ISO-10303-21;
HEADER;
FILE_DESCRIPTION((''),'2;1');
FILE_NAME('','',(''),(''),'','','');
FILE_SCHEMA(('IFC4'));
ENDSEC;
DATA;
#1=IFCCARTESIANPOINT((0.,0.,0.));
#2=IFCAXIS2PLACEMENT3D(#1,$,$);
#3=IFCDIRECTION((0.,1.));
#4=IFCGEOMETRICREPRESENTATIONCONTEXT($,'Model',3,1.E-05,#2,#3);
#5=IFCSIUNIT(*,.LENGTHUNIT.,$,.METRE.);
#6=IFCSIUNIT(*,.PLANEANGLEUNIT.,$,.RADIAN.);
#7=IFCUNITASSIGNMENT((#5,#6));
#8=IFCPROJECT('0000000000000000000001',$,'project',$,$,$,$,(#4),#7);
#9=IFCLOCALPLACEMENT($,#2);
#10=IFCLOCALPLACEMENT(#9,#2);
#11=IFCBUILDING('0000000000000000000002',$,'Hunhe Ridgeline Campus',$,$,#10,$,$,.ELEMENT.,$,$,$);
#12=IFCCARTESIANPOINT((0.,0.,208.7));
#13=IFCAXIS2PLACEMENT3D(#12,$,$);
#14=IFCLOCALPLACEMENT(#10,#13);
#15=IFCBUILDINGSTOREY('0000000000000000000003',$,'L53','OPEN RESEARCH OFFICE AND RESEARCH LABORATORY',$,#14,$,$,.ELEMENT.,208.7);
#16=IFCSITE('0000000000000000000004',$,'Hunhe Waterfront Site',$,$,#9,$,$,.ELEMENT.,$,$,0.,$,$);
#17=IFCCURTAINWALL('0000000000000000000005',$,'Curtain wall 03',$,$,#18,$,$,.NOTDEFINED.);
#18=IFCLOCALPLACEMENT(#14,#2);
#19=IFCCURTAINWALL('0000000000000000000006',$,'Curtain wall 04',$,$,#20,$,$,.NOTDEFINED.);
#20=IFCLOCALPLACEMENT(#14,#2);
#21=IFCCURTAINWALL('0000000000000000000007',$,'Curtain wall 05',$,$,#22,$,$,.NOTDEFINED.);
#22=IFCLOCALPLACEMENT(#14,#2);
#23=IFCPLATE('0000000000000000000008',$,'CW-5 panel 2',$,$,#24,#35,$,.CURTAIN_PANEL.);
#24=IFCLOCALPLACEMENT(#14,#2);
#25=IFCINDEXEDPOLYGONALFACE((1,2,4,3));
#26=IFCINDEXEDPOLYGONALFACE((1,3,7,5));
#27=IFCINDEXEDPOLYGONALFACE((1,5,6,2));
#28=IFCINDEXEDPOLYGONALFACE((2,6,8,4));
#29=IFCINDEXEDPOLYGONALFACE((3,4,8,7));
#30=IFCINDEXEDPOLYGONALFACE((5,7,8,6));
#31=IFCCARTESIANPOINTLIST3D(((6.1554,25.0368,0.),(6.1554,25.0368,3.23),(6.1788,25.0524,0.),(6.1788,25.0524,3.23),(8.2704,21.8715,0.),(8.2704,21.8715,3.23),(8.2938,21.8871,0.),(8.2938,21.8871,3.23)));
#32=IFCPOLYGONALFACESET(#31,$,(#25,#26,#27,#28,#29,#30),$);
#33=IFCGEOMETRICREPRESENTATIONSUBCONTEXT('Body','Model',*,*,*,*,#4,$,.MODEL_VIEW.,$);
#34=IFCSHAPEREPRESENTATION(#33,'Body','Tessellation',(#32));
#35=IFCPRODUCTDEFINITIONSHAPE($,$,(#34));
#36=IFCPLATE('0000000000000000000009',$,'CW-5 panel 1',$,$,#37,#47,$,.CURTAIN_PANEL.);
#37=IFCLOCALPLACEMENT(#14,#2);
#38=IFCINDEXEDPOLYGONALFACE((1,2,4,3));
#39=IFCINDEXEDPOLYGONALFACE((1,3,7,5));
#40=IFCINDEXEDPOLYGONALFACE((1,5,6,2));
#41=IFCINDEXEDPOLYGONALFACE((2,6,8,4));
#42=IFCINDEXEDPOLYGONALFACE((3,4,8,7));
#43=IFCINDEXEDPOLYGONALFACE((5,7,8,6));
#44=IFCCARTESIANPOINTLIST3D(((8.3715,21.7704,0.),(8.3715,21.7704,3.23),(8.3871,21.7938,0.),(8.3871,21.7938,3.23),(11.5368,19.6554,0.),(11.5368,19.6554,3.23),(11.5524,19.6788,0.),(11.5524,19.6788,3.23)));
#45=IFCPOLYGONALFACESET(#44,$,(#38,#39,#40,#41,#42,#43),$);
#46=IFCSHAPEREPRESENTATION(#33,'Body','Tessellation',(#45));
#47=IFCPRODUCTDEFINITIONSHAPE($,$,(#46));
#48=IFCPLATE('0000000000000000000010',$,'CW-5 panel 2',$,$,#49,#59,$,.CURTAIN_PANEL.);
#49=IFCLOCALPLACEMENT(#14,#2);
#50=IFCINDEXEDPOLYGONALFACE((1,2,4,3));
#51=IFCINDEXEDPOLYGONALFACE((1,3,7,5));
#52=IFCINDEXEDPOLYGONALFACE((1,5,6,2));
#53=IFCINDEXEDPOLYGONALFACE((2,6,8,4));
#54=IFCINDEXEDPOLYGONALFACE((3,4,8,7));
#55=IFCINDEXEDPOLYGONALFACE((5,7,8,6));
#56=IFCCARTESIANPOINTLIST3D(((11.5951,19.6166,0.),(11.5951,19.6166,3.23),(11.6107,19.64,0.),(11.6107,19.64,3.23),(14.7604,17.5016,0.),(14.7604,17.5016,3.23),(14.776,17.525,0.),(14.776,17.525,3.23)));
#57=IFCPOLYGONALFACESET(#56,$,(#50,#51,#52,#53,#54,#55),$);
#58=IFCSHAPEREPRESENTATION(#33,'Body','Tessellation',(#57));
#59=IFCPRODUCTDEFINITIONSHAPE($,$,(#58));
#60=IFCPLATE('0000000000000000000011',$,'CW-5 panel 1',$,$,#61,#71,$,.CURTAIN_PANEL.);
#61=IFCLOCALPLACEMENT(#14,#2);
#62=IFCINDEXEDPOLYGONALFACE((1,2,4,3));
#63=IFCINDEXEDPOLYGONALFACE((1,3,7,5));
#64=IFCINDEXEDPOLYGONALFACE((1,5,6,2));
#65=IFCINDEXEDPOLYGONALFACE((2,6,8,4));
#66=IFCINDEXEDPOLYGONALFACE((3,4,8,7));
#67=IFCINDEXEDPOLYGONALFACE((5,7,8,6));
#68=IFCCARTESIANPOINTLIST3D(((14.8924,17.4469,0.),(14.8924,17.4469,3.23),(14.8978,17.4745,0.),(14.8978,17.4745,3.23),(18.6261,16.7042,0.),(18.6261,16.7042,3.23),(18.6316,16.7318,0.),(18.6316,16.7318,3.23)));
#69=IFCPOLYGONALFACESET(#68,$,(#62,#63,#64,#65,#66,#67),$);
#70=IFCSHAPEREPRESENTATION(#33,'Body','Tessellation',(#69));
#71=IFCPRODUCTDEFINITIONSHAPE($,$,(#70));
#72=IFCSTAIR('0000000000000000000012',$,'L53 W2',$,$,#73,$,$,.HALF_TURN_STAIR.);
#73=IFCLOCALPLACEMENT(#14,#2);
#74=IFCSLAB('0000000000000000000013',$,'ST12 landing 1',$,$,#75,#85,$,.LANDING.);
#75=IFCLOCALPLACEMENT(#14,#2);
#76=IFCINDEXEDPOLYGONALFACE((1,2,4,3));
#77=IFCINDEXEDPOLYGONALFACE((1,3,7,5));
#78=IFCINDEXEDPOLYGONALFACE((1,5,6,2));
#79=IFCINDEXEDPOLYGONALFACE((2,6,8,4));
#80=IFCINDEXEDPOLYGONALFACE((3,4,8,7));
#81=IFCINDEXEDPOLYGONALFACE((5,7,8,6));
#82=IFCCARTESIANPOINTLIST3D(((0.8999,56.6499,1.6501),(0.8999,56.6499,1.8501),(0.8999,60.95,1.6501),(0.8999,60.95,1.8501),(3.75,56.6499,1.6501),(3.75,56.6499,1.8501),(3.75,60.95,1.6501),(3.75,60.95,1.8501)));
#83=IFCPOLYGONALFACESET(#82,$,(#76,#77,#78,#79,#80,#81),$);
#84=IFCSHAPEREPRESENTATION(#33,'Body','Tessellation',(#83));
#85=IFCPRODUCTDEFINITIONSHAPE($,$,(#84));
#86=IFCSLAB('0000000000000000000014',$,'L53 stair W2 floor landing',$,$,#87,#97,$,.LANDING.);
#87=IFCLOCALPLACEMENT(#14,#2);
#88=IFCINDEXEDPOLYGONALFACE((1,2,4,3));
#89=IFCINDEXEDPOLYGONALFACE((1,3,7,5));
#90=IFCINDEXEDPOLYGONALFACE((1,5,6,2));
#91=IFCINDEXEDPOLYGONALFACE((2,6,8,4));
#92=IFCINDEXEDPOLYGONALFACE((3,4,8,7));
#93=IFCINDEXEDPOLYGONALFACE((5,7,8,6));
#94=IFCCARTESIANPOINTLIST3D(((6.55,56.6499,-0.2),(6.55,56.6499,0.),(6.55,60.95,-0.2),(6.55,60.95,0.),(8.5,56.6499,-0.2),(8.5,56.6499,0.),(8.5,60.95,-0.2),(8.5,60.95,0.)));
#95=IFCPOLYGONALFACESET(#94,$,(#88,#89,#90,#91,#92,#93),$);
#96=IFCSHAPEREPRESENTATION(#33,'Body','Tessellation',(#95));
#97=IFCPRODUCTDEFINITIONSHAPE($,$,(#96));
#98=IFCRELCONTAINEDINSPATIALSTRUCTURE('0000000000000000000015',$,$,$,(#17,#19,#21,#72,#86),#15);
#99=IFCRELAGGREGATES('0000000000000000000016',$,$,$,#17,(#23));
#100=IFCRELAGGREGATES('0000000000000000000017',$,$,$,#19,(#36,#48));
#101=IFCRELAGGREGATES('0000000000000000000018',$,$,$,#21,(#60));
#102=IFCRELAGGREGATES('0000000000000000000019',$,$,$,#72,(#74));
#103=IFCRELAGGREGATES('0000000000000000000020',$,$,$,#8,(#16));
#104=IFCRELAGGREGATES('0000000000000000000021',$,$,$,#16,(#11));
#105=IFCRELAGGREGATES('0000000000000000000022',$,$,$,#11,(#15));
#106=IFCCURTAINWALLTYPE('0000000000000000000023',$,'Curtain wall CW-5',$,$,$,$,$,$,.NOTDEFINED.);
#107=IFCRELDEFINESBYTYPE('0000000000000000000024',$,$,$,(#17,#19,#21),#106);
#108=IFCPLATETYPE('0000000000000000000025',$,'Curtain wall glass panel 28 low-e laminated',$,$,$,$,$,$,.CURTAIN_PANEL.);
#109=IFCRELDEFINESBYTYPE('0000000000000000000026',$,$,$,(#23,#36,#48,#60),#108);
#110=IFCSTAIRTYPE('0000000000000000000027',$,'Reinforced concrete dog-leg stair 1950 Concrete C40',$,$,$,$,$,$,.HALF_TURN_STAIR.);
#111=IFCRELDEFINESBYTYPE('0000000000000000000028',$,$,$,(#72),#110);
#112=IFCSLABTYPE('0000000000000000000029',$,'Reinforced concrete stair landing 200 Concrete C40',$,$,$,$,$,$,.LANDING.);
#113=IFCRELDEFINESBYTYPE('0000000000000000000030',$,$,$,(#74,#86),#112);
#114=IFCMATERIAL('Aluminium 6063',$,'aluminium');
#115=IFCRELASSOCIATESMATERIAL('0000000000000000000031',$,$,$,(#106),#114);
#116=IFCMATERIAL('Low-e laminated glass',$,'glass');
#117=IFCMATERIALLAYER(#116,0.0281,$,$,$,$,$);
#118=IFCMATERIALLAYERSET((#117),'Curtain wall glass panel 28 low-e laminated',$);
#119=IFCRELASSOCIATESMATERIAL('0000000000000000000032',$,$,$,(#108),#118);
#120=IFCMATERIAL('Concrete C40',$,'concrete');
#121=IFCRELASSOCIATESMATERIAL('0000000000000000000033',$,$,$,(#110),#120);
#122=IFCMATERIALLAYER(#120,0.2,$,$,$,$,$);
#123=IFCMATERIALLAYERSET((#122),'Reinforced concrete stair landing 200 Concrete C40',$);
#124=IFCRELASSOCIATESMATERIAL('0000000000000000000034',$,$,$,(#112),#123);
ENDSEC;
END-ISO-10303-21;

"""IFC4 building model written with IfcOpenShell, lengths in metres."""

from ifc_helpers import new_model, si_unit, direction, frame, origin, origin_2d, place, context, subcontext, project, spatial, polyline, rectangle, outline, extrude, material, layer, layer_set, type_object, element, aggregate, save


model = new_model("IFC4")

# Units and contexts
model_context = context("Model", 3, precision=1e-05, world=origin(), true_north=direction((0.0, 1.0)))
body_context = subcontext(model_context, "Body", "Model", "MODEL_VIEW")
ifc_project = project(units=[si_unit("LENGTHUNIT", "METRE"), si_unit("PLANEANGLEUNIT", "RADIAN")], contexts=[model_context])

# Site, building, storey
site_placement = place(None, origin())
site = spatial("IfcSite", under=ifc_project, at=site_placement, Name="Hunhe Waterfront Site", CompositionType="ELEMENT", RefElevation=0.0)
building_placement = place(site_placement, origin())
building = spatial("IfcBuilding", under=site, at=building_placement, Name="Hunhe Ridgeline Campus", CompositionType="ELEMENT")
storey_placement = place(building_placement, frame((0.0, 0.0, 208.7)))
storey = spatial("IfcBuildingStorey", under=building, at=storey_placement, Name="L53", Description="OPEN RESEARCH OFFICE AND RESEARCH LABORATORY", CompositionType="ELEMENT", Elevation=208.7)

# Curtain walls
ifc_material_1 = material(Name="Aluminium 6063", Category="aluminium")
curtain_wall_type = type_object("IfcCurtainWallType", Name="Curtain wall CW-5", PredefinedType="NOTDEFINED", material=ifc_material_1)
curtain_wall_1_placement = place(storey_placement, origin())
curtain_wall_1 = element("IfcCurtainWall", 1, at=curtain_wall_1_placement, inside=storey, type_object=curtain_wall_type, Name="Curtain wall 03", PredefinedType="NOTDEFINED")
curtain_wall_2_placement = place(storey_placement, origin())
curtain_wall_2 = element("IfcCurtainWall", 2, at=curtain_wall_2_placement, inside=storey, type_object=curtain_wall_type, Name="Curtain wall 04", PredefinedType="NOTDEFINED")
curtain_wall_3_placement = place(storey_placement, origin())
curtain_wall_3 = element("IfcCurtainWall", 3, at=curtain_wall_3_placement, inside=storey, type_object=curtain_wall_type, Name="Curtain wall 05", PredefinedType="NOTDEFINED")

# Plates
ifc_material_2 = material(Name="Low-e laminated glass", Category="glass")
ifc_layer_1 = layer(ifc_material_2, 0.0281)
ifc_layer_set_1 = layer_set([ifc_layer_1], Name="Curtain wall glass panel 28 low-e laminated")
plate_type = type_object("IfcPlateType", Name="Curtain wall glass panel 28 low-e laminated", PredefinedType="CURTAIN_PANEL", material=ifc_layer_set_1)
plate_1_placement = place(storey_placement, frame((7.2246, 23.4619, 0.0), z_axis=(0.0, 0.0, 1.0), x_axis=(0.55557, -0.83147, 0.0)))
plate_1 = element("IfcPlate", 4, at=plate_1_placement, type_object=plate_type, Name="CW-5 panel 2", PredefinedType="CURTAIN_PANEL", context=body_context, shape_type="SweptSolid", body=[
    extrude(rectangle(XDim=3.8069, YDim=0.0281, at=origin_2d()), origin(), (0.0, 0.0, 1.0), 3.23),
])
aggregate(curtain_wall_1, [plate_1])
plate_2_placement = place(storey_placement, frame((9.9619, 20.7246, 0.0), z_axis=(0.0, 0.0, 1.0), x_axis=(0.83147, -0.55557, 0.0)))
plate_2 = element("IfcPlate", 5, at=plate_2_placement, type_object=plate_type, Name="CW-5 panel 1", PredefinedType="CURTAIN_PANEL", context=body_context, shape_type="SweptSolid", body=[
    extrude(rectangle(XDim=3.8069, YDim=0.0281, at=origin_2d()), origin(), (0.0, 0.0, 1.0), 3.23),
])
plate_3_placement = place(storey_placement, frame((13.1855, 18.5708, 0.0), z_axis=(0.0, 0.0, 1.0), x_axis=(0.83147, -0.55557, 0.0)))
plate_3 = element("IfcPlate", 6, at=plate_3_placement, type_object=plate_type, Name="CW-5 panel 2", PredefinedType="CURTAIN_PANEL", context=body_context, shape_type="SweptSolid", body=[
    extrude(rectangle(XDim=3.8069, YDim=0.0281, at=origin_2d()), origin(), (0.0, 0.0, 1.0), 3.23),
])
aggregate(curtain_wall_2, [plate_2, plate_3])
plate_4_placement = place(storey_placement, frame((16.762, 17.0894, 0.0), z_axis=(0.0, 0.0, 1.0), x_axis=(0.980785, -0.19509, 0.0)))
plate_4 = element("IfcPlate", 7, at=plate_4_placement, type_object=plate_type, Name="CW-5 panel 1", PredefinedType="CURTAIN_PANEL", context=body_context, shape_type="SweptSolid", body=[
    extrude(rectangle(XDim=3.8069, YDim=0.0281, at=origin_2d()), origin(), (0.0, 0.0, 1.0), 3.23),
])
aggregate(curtain_wall_3, [plate_4])

# Stair, slab
ifc_material_3 = material(Name="Concrete C40", Category="concrete")
stair_type = type_object("IfcStairType", Name="Reinforced concrete dog-leg stair 1950 Concrete C40", PredefinedType="HALF_TURN_STAIR", material=ifc_material_3)
stair_placement = place(storey_placement, origin())
stair = element("IfcStair", 8, at=stair_placement, inside=storey, type_object=stair_type, Name="L53 W2", PredefinedType="HALF_TURN_STAIR")
ifc_layer_2 = layer(ifc_material_3, 0.2)
ifc_layer_set_2 = layer_set([ifc_layer_2], Name="Reinforced concrete stair landing 200 Concrete C40")
slab_type = type_object("IfcSlabType", Name="Reinforced concrete stair landing 200 Concrete C40", PredefinedType="LANDING", material=ifc_layer_set_2)
slab_1_placement = place(storey_placement, frame((0.0, 0.0, 1.6501)))
slab_1 = element("IfcSlab", 9, at=slab_1_placement, type_object=slab_type, Name="ST12 landing 1", PredefinedType="LANDING", context=body_context, shape_type="SweptSolid", body=[
    extrude(outline(polyline([(3.75, 60.95), (0.8999, 60.95), (0.8999, 56.6499), (3.75, 56.6499), (3.75, 60.95)])), origin(), (0.0, 0.0, 1.0), 0.2),
])
aggregate(stair, [slab_1])

# Slab
slab_2_placement = place(storey_placement, frame((0.0, 0.0, -0.2)))
element("IfcSlab", 10, at=slab_2_placement, inside=storey, type_object=slab_type, Name="L53 stair W2 floor landing", PredefinedType="LANDING", context=body_context, shape_type="SweptSolid", body=[
    extrude(outline(polyline([(8.5, 60.95), (6.55, 60.95), (6.55, 56.6499), (8.5, 56.6499), (8.5, 60.95)])), origin(), (0.0, 0.0, 1.0), 0.2),
])

save(model, "model.ifc")
